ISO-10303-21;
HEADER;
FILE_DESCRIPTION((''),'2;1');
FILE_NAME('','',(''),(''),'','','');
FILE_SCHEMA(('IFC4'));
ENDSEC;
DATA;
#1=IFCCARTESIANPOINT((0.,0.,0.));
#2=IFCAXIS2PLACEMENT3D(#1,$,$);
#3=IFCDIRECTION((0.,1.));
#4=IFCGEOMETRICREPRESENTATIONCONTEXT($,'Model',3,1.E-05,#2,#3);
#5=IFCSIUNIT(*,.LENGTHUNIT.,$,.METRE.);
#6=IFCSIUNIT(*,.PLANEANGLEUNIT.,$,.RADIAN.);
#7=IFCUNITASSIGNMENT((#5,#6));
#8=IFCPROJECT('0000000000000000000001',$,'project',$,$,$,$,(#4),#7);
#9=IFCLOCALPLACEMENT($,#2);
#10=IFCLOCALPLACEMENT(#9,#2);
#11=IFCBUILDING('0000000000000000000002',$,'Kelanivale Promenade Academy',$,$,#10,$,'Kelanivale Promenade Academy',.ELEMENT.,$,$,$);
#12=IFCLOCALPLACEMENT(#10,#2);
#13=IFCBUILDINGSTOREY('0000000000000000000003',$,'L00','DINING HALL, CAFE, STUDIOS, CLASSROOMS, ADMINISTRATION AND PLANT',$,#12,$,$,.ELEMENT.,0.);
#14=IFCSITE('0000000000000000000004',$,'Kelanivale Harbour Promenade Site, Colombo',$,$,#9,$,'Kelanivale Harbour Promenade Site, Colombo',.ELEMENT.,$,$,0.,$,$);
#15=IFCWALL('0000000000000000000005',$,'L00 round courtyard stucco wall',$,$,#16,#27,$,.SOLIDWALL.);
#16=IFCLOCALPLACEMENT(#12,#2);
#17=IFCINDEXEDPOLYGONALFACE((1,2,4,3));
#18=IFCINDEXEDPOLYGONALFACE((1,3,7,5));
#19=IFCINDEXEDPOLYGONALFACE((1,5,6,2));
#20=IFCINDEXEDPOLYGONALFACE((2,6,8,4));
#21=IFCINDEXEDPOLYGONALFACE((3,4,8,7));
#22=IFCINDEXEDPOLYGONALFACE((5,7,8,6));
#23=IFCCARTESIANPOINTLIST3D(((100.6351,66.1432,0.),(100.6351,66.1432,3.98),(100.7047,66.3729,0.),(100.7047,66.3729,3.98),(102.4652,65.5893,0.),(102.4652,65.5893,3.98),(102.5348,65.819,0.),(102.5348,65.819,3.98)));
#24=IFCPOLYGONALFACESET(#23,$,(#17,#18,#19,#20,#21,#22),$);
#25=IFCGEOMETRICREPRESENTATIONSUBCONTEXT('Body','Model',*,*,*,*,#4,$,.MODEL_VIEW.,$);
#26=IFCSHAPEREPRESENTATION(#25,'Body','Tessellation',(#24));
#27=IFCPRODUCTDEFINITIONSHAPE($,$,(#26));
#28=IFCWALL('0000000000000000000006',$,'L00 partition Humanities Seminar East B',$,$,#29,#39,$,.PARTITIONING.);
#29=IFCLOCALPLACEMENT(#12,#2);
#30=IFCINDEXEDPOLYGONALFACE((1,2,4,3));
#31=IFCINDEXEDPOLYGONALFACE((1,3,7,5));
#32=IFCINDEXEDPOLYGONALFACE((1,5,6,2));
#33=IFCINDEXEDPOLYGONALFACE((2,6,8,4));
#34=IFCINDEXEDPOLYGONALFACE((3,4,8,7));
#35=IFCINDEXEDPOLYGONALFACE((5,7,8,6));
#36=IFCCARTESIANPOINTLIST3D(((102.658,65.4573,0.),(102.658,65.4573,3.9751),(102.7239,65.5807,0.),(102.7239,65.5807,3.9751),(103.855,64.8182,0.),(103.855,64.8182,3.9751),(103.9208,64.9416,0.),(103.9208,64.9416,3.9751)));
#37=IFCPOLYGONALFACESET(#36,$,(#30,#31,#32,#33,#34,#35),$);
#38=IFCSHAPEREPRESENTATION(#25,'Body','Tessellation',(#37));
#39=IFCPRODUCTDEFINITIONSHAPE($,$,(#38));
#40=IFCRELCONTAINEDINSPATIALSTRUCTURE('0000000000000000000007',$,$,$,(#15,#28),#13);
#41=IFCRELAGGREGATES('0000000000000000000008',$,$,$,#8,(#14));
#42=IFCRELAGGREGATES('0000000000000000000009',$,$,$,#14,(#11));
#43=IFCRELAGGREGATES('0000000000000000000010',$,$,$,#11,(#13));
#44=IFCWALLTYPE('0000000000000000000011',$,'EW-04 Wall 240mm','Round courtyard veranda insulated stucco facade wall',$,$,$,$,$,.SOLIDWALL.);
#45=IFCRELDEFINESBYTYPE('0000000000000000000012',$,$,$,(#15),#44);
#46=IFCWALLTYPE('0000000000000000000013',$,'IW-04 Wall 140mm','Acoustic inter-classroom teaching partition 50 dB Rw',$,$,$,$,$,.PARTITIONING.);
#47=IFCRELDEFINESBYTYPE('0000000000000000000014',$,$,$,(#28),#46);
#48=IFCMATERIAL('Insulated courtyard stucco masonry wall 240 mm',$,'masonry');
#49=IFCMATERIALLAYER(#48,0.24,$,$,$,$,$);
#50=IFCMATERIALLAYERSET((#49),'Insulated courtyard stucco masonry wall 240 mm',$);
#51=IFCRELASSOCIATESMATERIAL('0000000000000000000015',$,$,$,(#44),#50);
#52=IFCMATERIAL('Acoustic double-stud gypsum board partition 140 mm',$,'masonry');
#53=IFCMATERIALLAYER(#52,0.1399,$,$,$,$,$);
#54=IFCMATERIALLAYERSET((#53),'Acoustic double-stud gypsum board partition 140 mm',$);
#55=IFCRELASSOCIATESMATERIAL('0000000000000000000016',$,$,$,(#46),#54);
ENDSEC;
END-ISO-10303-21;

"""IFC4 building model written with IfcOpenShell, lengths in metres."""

from ifc_helpers import new_model, si_unit, direction, frame, frame_2d, origin, place, context, subcontext, project, spatial, rectangle, extrude, material, layer, layer_set, type_object, element, save


model = new_model("IFC4")

# Units and contexts
model_context = context("Model", 3, precision=1e-05, world=origin(), true_north=direction((0.0, 1.0)))
body_context = subcontext(model_context, "Body", "Model", "MODEL_VIEW")
ifc_project = project(units=[si_unit("LENGTHUNIT", "METRE"), si_unit("PLANEANGLEUNIT", "RADIAN")], contexts=[model_context])

# Site, building, storey
site_placement = place(None, origin())
site = spatial("IfcSite", under=ifc_project, at=site_placement, Name="Kelanivale Harbour Promenade Site, Colombo", LongName="Kelanivale Harbour Promenade Site, Colombo", CompositionType="ELEMENT", RefElevation=0.0)
building_placement = place(site_placement, origin())
building = spatial("IfcBuilding", under=site, at=building_placement, Name="Kelanivale Promenade Academy", LongName="Kelanivale Promenade Academy", CompositionType="ELEMENT")
storey_placement = place(building_placement, origin())
storey = spatial("IfcBuildingStorey", under=building, at=storey_placement, Name="L00", Description="DINING HALL, CAFE, STUDIOS, CLASSROOMS, ADMINISTRATION AND PLANT", CompositionType="ELEMENT", Elevation=0.0)

# Walls
ifc_material_1 = material(Name="Insulated courtyard stucco masonry wall 240 mm", Category="masonry")
ifc_layer_1 = layer(ifc_material_1, 0.24)
ifc_layer_set_1 = layer_set([ifc_layer_1], Name="Insulated courtyard stucco masonry wall 240 mm")
wall_type_1 = type_object("IfcWallType", Name="EW-04 Wall 240mm", Description="Round courtyard veranda insulated stucco facade wall", PredefinedType="SOLIDWALL", material=ifc_layer_set_1)
wall_1_placement = place(storey_placement, frame((102.5, 65.7041, 0.0), z_axis=(0.0, 0.0, 1.0), x_axis=(-0.957113, 0.289713, 0.0)))
element("IfcWall", 1, at=wall_1_placement, inside=storey, type_object=wall_type_1, Name="L00 round courtyard stucco wall", PredefinedType="SOLIDWALL", context=body_context, shape_type="SweptSolid", body=[
    extrude(rectangle(XDim=1.9121, YDim=0.24, at=frame_2d((0.9561, 0.0))), origin(), (0.0, 0.0, 1.0), 3.98),
])
ifc_material_2 = material(Name="Acoustic double-stud gypsum board partition 140 mm", Category="masonry")
ifc_layer_2 = layer(ifc_material_2, 0.1399)
ifc_layer_set_2 = layer_set([ifc_layer_2], Name="Acoustic double-stud gypsum board partition 140 mm")
wall_type_2 = type_object("IfcWallType", Name="IW-04 Wall 140mm", Description="Acoustic inter-classroom teaching partition 50 dB Rw", PredefinedType="PARTITIONING", material=ifc_layer_set_2)
wall_2_placement = place(storey_placement, frame((102.6909, 65.519, 0.0), z_axis=(0.0, 0.0, 1.0), x_axis=(0.882124, -0.471018, 0.0)))
element("IfcWall", 2, at=wall_2_placement, inside=storey, type_object=wall_type_2, Name="L00 partition Humanities Seminar East B", PredefinedType="PARTITIONING", context=body_context, shape_type="SweptSolid", body=[
    extrude(rectangle(XDim=1.3569, YDim=0.1399, at=frame_2d((0.6785, 0.0))), origin(), (0.0, 0.0, 1.0), 3.9751),
])

save(model, "model.ifc")
